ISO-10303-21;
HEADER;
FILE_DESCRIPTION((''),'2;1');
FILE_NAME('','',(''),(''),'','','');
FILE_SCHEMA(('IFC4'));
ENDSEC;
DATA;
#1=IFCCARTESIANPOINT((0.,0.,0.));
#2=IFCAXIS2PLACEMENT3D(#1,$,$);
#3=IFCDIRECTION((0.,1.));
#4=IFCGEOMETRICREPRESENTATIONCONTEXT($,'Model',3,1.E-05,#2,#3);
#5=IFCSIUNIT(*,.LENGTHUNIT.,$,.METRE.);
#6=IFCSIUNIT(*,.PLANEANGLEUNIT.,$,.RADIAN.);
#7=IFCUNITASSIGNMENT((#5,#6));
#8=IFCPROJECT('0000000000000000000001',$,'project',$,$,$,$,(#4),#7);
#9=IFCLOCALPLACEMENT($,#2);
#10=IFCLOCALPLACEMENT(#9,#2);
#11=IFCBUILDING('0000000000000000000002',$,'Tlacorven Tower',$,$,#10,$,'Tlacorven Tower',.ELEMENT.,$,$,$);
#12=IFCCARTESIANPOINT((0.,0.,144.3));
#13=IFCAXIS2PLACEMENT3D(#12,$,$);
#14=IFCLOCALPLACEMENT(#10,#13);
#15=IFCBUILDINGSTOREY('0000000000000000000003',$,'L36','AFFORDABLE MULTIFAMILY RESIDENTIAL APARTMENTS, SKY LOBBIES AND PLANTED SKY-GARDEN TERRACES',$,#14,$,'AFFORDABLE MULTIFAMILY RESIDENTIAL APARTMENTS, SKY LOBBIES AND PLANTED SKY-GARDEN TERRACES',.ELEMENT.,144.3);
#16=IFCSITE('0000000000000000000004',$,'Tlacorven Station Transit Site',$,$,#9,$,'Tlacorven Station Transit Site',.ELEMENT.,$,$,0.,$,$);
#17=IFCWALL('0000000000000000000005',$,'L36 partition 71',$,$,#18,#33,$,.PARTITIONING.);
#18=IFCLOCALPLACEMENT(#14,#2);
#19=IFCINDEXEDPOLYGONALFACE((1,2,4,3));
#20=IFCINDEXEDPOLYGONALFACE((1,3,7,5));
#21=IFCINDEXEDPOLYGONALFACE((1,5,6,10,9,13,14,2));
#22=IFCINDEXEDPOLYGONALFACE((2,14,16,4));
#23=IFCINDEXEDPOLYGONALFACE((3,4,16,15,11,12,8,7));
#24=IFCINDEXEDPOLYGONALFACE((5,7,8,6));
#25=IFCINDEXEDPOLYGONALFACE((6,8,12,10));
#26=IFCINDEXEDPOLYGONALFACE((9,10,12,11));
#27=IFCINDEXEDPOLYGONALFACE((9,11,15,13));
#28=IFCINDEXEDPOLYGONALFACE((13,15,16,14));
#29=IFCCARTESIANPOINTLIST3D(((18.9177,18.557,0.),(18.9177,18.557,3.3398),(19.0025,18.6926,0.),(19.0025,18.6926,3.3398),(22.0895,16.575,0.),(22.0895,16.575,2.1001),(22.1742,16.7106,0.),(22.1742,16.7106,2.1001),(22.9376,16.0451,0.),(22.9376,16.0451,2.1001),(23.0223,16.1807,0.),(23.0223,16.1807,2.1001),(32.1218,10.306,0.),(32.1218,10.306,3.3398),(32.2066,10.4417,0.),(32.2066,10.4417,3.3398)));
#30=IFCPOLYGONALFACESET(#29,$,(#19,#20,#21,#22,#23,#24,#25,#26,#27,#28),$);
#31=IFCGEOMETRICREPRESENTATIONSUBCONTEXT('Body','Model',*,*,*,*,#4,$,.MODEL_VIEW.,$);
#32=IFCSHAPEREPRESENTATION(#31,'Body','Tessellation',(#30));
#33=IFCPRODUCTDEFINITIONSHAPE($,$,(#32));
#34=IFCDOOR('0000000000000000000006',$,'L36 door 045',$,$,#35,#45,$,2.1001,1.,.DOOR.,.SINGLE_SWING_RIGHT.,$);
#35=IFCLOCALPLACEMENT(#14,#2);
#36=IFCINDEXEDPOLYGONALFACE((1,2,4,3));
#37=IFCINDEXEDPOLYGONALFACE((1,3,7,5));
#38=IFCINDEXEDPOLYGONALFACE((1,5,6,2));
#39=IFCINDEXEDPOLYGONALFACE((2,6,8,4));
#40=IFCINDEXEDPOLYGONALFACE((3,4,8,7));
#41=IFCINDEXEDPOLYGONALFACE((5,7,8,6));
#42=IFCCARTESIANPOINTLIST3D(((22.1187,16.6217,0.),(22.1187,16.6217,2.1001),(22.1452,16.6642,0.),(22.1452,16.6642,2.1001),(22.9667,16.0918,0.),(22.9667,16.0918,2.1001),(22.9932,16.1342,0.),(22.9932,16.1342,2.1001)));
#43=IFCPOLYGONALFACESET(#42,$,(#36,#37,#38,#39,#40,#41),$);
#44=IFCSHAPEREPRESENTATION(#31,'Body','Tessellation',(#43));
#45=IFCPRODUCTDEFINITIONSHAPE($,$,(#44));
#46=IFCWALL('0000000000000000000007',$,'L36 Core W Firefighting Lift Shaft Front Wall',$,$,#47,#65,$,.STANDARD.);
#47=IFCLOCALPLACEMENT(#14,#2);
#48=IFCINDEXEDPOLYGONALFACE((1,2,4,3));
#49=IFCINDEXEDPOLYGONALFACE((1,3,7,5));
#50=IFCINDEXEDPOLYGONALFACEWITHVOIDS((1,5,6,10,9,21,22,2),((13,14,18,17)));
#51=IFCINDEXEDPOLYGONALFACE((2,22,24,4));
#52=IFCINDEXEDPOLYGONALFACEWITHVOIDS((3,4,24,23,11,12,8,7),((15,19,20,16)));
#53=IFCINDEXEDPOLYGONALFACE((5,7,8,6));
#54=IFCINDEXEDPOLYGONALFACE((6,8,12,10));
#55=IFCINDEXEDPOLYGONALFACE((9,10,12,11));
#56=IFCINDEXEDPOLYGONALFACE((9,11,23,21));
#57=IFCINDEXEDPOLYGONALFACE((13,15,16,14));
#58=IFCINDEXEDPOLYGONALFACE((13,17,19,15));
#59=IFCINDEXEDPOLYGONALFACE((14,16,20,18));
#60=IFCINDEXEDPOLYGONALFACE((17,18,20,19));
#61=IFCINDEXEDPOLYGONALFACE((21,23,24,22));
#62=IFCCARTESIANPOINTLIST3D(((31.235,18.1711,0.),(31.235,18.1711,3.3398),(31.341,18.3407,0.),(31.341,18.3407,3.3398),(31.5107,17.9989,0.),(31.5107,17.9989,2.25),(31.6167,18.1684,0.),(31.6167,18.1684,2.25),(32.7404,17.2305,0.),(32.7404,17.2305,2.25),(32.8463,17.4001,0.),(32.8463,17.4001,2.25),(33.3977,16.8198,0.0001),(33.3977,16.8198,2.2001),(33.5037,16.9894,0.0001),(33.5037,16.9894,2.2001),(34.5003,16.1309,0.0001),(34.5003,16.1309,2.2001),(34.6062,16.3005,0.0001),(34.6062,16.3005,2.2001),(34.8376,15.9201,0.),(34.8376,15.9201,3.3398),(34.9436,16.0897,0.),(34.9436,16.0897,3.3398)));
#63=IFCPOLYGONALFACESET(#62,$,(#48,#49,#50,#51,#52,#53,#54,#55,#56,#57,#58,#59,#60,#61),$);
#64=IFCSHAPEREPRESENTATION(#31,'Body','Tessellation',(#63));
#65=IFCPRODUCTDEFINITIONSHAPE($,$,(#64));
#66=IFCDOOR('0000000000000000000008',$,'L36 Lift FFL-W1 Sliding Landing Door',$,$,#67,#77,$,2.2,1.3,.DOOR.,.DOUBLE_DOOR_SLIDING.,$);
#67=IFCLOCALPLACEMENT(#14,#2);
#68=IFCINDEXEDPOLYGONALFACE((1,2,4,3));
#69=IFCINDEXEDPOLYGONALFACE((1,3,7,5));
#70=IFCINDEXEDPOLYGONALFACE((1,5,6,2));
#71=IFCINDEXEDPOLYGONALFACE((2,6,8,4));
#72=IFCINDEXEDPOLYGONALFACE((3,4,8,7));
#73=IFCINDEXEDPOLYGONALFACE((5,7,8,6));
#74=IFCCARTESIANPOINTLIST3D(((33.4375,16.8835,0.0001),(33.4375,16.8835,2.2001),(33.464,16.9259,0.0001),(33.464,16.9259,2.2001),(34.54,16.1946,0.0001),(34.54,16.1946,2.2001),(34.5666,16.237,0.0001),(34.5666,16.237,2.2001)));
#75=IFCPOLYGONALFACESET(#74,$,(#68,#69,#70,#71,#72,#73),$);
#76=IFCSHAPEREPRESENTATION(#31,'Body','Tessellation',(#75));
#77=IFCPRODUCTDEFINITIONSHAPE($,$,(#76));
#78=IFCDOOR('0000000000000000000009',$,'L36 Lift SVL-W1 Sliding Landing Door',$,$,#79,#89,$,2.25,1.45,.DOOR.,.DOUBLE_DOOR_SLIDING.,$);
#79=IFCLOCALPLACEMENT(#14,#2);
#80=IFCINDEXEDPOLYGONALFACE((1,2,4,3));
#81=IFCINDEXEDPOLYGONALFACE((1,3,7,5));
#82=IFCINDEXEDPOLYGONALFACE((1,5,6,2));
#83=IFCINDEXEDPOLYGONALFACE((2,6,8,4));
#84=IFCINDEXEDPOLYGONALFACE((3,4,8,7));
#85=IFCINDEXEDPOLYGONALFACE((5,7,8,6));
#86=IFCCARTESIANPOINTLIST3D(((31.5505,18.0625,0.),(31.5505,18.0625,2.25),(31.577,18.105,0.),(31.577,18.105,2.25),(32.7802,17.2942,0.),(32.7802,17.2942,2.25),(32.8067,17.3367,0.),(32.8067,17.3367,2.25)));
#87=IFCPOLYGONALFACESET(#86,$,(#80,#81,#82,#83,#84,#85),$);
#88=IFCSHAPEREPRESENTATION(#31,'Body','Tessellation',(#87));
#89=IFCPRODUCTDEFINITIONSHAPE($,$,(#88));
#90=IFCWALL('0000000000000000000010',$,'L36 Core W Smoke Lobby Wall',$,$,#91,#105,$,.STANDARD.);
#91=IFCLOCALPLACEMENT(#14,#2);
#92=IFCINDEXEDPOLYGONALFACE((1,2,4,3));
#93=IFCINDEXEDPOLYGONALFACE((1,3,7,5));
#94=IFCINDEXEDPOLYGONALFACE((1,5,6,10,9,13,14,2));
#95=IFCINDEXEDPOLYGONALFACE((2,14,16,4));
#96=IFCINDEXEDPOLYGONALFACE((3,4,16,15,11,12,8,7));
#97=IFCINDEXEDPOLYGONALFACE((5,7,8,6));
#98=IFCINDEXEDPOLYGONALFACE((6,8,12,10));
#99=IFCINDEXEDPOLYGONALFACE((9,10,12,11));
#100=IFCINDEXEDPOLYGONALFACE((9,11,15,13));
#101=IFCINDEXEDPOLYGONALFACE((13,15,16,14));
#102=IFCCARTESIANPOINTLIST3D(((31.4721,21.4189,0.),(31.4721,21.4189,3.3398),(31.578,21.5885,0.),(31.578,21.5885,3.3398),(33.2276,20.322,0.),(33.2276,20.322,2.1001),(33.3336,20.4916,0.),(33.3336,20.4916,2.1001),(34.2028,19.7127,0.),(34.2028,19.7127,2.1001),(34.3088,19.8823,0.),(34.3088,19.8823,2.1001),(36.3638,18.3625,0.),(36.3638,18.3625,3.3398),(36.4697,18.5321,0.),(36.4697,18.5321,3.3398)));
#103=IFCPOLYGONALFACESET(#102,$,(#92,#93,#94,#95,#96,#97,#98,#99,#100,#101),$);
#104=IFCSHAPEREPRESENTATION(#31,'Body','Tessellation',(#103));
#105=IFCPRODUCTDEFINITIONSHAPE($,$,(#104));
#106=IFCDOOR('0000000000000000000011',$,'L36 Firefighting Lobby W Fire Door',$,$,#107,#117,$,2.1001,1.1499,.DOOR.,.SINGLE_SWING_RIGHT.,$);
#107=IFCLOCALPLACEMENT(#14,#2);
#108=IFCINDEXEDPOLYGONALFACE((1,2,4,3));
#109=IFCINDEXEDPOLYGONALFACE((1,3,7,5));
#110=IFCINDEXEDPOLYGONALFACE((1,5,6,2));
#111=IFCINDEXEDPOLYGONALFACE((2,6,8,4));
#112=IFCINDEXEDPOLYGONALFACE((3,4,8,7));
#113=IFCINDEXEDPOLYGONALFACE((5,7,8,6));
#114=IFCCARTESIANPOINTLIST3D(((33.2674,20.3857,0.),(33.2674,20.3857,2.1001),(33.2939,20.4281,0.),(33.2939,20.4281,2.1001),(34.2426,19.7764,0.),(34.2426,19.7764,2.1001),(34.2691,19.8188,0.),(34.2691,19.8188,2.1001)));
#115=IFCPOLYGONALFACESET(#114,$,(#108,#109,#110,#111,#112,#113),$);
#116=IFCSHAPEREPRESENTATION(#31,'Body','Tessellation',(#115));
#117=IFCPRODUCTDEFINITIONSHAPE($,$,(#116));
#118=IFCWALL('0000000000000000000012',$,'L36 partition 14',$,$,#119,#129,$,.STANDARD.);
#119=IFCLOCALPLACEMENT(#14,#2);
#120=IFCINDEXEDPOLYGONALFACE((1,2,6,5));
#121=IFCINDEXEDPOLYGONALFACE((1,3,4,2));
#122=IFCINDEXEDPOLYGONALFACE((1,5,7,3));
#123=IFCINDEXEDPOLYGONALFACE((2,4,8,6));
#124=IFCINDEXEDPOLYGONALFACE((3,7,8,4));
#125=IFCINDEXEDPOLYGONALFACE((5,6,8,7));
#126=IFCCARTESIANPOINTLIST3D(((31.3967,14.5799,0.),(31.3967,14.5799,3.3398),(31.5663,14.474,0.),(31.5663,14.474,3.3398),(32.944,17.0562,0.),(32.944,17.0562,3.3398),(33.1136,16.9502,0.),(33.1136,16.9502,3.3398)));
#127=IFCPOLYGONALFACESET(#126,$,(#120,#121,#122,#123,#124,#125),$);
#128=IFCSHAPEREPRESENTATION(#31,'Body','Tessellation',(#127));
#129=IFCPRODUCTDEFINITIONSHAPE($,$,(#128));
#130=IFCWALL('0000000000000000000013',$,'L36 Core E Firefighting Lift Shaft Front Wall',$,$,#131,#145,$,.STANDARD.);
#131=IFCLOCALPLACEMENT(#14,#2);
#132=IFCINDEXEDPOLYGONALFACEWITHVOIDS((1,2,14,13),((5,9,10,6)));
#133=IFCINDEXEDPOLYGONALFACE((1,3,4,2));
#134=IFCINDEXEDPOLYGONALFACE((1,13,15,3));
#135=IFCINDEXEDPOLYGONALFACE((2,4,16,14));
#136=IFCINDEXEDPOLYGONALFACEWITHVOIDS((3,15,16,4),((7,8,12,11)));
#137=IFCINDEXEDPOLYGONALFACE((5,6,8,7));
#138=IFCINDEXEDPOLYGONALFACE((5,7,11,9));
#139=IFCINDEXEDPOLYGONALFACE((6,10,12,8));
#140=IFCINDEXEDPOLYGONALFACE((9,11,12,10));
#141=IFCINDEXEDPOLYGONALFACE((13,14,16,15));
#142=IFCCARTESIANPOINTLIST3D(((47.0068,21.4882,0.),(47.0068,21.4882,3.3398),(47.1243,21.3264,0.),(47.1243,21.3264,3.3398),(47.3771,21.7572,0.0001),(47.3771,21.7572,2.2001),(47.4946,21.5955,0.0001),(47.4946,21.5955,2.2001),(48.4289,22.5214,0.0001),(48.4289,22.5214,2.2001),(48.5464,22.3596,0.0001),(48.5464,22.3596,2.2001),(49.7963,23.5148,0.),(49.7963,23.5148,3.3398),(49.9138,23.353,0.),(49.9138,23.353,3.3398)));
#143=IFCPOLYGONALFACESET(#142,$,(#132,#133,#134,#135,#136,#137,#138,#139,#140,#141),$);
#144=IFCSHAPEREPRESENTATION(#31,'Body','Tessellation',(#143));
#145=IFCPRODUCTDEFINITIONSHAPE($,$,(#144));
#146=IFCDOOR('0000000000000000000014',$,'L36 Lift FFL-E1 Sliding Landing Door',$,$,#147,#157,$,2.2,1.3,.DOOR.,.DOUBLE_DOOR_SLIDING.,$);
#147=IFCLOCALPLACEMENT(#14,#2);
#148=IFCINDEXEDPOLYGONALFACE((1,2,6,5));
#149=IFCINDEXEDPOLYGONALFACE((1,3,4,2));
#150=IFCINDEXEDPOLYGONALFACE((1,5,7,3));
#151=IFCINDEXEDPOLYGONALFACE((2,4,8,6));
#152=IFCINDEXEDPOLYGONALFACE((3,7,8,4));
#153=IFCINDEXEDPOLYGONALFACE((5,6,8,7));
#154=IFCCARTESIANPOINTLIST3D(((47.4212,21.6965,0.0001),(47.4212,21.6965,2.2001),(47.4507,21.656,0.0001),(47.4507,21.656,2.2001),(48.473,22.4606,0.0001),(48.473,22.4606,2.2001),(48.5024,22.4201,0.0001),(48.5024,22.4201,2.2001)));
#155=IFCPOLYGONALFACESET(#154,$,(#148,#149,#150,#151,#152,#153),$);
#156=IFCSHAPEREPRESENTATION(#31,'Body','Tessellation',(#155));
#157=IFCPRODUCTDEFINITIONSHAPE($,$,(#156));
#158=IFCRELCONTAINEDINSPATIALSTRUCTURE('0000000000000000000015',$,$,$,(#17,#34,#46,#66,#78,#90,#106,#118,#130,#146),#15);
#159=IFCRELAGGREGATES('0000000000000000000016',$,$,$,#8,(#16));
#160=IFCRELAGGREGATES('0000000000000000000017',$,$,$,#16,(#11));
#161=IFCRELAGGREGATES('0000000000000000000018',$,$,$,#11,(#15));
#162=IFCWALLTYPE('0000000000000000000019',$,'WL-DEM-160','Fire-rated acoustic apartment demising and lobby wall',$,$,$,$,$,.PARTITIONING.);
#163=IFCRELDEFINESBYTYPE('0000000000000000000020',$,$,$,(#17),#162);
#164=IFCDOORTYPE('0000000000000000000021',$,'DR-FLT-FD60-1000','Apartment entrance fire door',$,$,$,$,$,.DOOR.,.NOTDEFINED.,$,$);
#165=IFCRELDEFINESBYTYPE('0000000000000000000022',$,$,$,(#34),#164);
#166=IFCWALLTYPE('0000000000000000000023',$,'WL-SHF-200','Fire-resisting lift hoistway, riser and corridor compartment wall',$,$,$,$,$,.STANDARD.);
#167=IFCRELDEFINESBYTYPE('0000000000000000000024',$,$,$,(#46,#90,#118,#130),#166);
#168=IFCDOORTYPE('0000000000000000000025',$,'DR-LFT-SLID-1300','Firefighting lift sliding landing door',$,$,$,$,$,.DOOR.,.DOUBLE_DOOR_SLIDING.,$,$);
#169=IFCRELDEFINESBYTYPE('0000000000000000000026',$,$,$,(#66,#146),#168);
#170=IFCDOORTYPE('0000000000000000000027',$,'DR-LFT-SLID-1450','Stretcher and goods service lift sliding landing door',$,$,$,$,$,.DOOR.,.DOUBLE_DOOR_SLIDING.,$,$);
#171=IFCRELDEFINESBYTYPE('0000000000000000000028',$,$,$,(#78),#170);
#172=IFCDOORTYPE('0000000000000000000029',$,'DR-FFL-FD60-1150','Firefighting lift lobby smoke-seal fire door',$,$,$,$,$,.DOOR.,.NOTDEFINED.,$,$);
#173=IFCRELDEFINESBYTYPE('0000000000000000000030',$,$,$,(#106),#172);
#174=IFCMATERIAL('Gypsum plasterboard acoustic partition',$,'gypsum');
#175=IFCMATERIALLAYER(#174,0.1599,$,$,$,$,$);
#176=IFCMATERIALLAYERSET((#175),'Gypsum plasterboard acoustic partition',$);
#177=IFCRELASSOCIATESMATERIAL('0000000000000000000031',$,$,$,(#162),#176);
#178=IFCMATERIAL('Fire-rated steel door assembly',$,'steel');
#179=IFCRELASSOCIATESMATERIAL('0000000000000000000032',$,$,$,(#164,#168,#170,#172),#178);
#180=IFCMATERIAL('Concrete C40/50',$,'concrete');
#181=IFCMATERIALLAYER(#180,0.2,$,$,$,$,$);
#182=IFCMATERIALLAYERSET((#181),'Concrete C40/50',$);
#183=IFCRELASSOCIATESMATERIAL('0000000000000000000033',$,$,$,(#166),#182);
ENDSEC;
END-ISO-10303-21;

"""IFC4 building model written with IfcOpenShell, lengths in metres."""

from ifc_helpers import new_model, si_unit, direction, frame, frame_2d, origin, place, context, subcontext, project, spatial, rectangle, extrude, source, transform, mapped, material, layer, layer_set, type_object, element, fill, save


model = new_model("IFC4")

# Units and contexts
model_context = context("Model", 3, precision=1e-05, world=origin(), true_north=direction((0.0, 1.0)))
body_context = subcontext(model_context, "Body", "Model", "MODEL_VIEW")
ifc_project = project(units=[si_unit("LENGTHUNIT", "METRE"), si_unit("PLANEANGLEUNIT", "RADIAN")], contexts=[model_context])

# Site, building, storey
site_placement = place(None, origin())
site = spatial("IfcSite", under=ifc_project, at=site_placement, Name="Tlacorven Station Transit Site", LongName="Tlacorven Station Transit Site", CompositionType="ELEMENT", RefElevation=0.0)
building_placement = place(site_placement, origin())
building = spatial("IfcBuilding", under=site, at=building_placement, Name="Tlacorven Tower", LongName="Tlacorven Tower", CompositionType="ELEMENT")
storey_placement = place(building_placement, frame((0.0, 0.0, 144.3)))
storey = spatial("IfcBuildingStorey", under=building, at=storey_placement, Name="L36", Description="AFFORDABLE MULTIFAMILY RESIDENTIAL APARTMENTS, SKY LOBBIES AND PLANTED SKY-GARDEN TERRACES", LongName="AFFORDABLE MULTIFAMILY RESIDENTIAL APARTMENTS, SKY LOBBIES AND PLANTED SKY-GARDEN TERRACES", CompositionType="ELEMENT", Elevation=144.3)

# Wall, opening, door
ifc_material_1 = material(Name="Gypsum plasterboard acoustic partition", Category="gypsum")
ifc_layer_1 = layer(ifc_material_1, 0.1599)
ifc_layer_set_1 = layer_set([ifc_layer_1], Name="Gypsum plasterboard acoustic partition")
wall_type_1 = type_object("IfcWallType", Name="WL-DEM-160", Description="Fire-rated acoustic apartment demising and lobby wall", PredefinedType="PARTITIONING", material=ifc_layer_set_1)
wall_1_placement = place(storey_placement, frame((32.1643, 10.3738, 0.0), z_axis=(0.0, 0.0, 1.0), x_axis=(-0.848044, 0.529926, 0.0)))
wall_1 = element("IfcWall", 1, at=wall_1_placement, inside=storey, type_object=wall_type_1, Name="L36 partition 71", PredefinedType="PARTITIONING", context=body_context, shape_type="SweptSolid", body=[
    extrude(rectangle(XDim=15.5701, YDim=0.1599, at=frame_2d((7.7852, 0.0))), origin(), (0.0, 0.0, 1.0), 3.3398),
])
opening_1_placement = place(wall_1_placement, frame((10.8301, 0.0, 0.0)))
opening_1 = element("IfcOpeningElement", 2, at=opening_1_placement, cuts=wall_1, PredefinedType="OPENING", context=body_context, shape_type="SweptSolid", body=[
    extrude(rectangle(XDim=1.0, YDim=2.1001, at=frame_2d((0.5, 1.05))), frame((0.0, 0.0898, 0.0), z_axis=(0.0, -1.0, 0.0), x_axis=(1.0, 0.0, 0.0)), (0.0, 0.0, 1.0), 0.1799),
])
ifc_material_2 = material(Name="Fire-rated steel door assembly", Category="steel")
door_type_1 = type_object("IfcDoorType", Name="DR-FLT-FD60-1000", Description="Apartment entrance fire door", OperationType="NOTDEFINED", PredefinedType="DOOR", material=ifc_material_2)
shared_shape_1 = source(origin(), body_context, "Body", "SweptSolid", [
    extrude(rectangle(XDim=1.0, YDim=2.1001, at=frame_2d((0.5, 1.05))), frame((0.0, 0.0249, 0.0), z_axis=(0.0, -1.0, 0.0), x_axis=(1.0, 0.0, 0.0)), (0.0, 0.0, 1.0), 0.05),
])
door_1_placement = place(opening_1_placement, origin())
door_1 = element("IfcDoor", 3, at=door_1_placement, inside=storey, type_object=door_type_1, Name="L36 door 045", OperationType="SINGLE_SWING_RIGHT", OverallHeight=2.1001, OverallWidth=1.0, PredefinedType="DOOR", context=body_context, shape_type="MappedRepresentation", body=[
    mapped(shared_shape_1, transform((0.0, 0.0, 0.0), scale=1.0)),
])
fill(opening_1, door_1)

# Wall, openings, doors
ifc_material_3 = material(Name="Concrete C40/50", Category="concrete")
ifc_layer_2 = layer(ifc_material_3, 0.2)
ifc_layer_set_2 = layer_set([ifc_layer_2], Name="Concrete C40/50")
wall_type_2 = type_object("IfcWallType", Name="WL-SHF-200", Description="Fire-resisting lift hoistway, riser and corridor compartment wall", PredefinedType="STANDARD", material=ifc_layer_set_2)
wall_2_placement = place(storey_placement, frame((34.8906, 16.0049, 0.0), z_axis=(0.0, 0.0, 1.0), x_axis=(-0.848063, 0.529896, 0.0)))
wall_2 = element("IfcWall", 4, at=wall_2_placement, inside=storey, type_object=wall_type_2, Name="L36 Core W Firefighting Lift Shaft Front Wall", PredefinedType="STANDARD", context=body_context, shape_type="SweptSolid", body=[
    extrude(rectangle(XDim=4.248, YDim=0.2, at=frame_2d((2.124, 0.0))), origin(), (0.0, 0.0, 1.0), 3.3398),
])
opening_2_placement = place(wall_2_placement, frame((0.3979, 0.0, 0.0)))
opening_2 = element("IfcOpeningElement", 5, at=opening_2_placement, cuts=wall_2, PredefinedType="OPENING", context=body_context, shape_type="SweptSolid", body=[
    extrude(rectangle(XDim=1.3, YDim=2.2, at=frame_2d((0.6499, 1.1001))), frame((0.0, 0.1099, 0.0), z_axis=(0.0, -1.0, 0.0), x_axis=(1.0, 0.0, 0.0)), (0.0, 0.0, 1.0), 0.22),
])
opening_3_placement = place(wall_2_placement, frame((2.4729, 0.0, 0.0)))
opening_3 = element("IfcOpeningElement", 6, at=opening_3_placement, cuts=wall_2, PredefinedType="OPENING", context=body_context, shape_type="SweptSolid", body=[
    extrude(rectangle(XDim=1.45, YDim=2.25, at=frame_2d((0.7251, 1.125))), frame((0.0, 0.1099, 0.0), z_axis=(0.0, -1.0, 0.0), x_axis=(1.0, 0.0, 0.0)), (0.0, 0.0, 1.0), 0.22),
])
door_type_2 = type_object("IfcDoorType", Name="DR-LFT-SLID-1300", Description="Firefighting lift sliding landing door", OperationType="DOUBLE_DOOR_SLIDING", PredefinedType="DOOR", material=ifc_material_2)
shared_shape_2 = source(origin(), body_context, "Body", "SweptSolid", [
    extrude(rectangle(XDim=1.3, YDim=2.2, at=frame_2d((0.6499, 1.1001))), frame((0.0, 0.0249, 0.0), z_axis=(0.0, -1.0, 0.0), x_axis=(1.0, 0.0, 0.0)), (0.0, 0.0, 1.0), 0.05),
])
door_2_placement = place(opening_2_placement, origin())
door_2 = element("IfcDoor", 7, at=door_2_placement, inside=storey, type_object=door_type_2, Name="L36 Lift FFL-W1 Sliding Landing Door", OperationType="DOUBLE_DOOR_SLIDING", OverallHeight=2.2, OverallWidth=1.3, PredefinedType="DOOR", context=body_context, shape_type="MappedRepresentation", body=[
    mapped(shared_shape_2, transform((0.0, 0.0, 0.0), scale=1.0)),
])
fill(opening_2, door_2)
door_type_3 = type_object("IfcDoorType", Name="DR-LFT-SLID-1450", Description="Stretcher and goods service lift sliding landing door", OperationType="DOUBLE_DOOR_SLIDING", PredefinedType="DOOR", material=ifc_material_2)
shared_shape_3 = source(origin(), body_context, "Body", "SweptSolid", [
    extrude(rectangle(XDim=1.45, YDim=2.25, at=frame_2d((0.7251, 1.125))), frame((0.0, 0.0249, 0.0), z_axis=(0.0, -1.0, 0.0), x_axis=(1.0, 0.0, 0.0)), (0.0, 0.0, 1.0), 0.05),
])
door_3_placement = place(opening_3_placement, origin())
door_3 = element("IfcDoor", 8, at=door_3_placement, inside=storey, type_object=door_type_3, Name="L36 Lift SVL-W1 Sliding Landing Door", OperationType="DOUBLE_DOOR_SLIDING", OverallHeight=2.25, OverallWidth=1.45, PredefinedType="DOOR", context=body_context, shape_type="MappedRepresentation", body=[
    mapped(shared_shape_3, transform((0.0, 0.0, 0.0), scale=1.0)),
])
fill(opening_3, door_3)

# Wall, opening, door
wall_3_placement = place(storey_placement, frame((36.4167, 18.4473, 0.0), z_axis=(0.0, 0.0, 1.0), x_axis=(-0.848065, 0.529892, 0.0)))
wall_3 = element("IfcWall", 9, at=wall_3_placement, inside=storey, type_object=wall_type_2, Name="L36 Core W Smoke Lobby Wall", PredefinedType="STANDARD", context=body_context, shape_type="SweptSolid", body=[
    extrude(rectangle(XDim=5.7681, YDim=0.2, at=frame_2d((2.884, 0.0))), origin(), (0.0, 0.0, 1.0), 3.3398),
])
opening_4_placement = place(wall_3_placement, frame((2.5481, 0.0, 0.0)))
opening_4 = element("IfcOpeningElement", 10, at=opening_4_placement, cuts=wall_3, PredefinedType="OPENING", context=body_context, shape_type="SweptSolid", body=[
    extrude(rectangle(XDim=1.1499, YDim=2.1001, at=frame_2d((0.575, 1.05))), frame((0.0, 0.1099, 0.0), z_axis=(0.0, -1.0, 0.0), x_axis=(1.0, 0.0, 0.0)), (0.0, 0.0, 1.0), 0.22),
])
door_type_4 = type_object("IfcDoorType", Name="DR-FFL-FD60-1150", Description="Firefighting lift lobby smoke-seal fire door", OperationType="NOTDEFINED", PredefinedType="DOOR", material=ifc_material_2)
shared_shape_4 = source(origin(), body_context, "Body", "SweptSolid", [
    extrude(rectangle(XDim=1.1499, YDim=2.1001, at=frame_2d((0.575, 1.05))), frame((0.0, 0.0249, 0.0), z_axis=(0.0, -1.0, 0.0), x_axis=(1.0, 0.0, 0.0)), (0.0, 0.0, 1.0), 0.05),
])
door_4_placement = place(opening_4_placement, origin())
door_4 = element("IfcDoor", 11, at=door_4_placement, inside=storey, type_object=door_type_4, Name="L36 Firefighting Lobby W Fire Door", OperationType="SINGLE_SWING_RIGHT", OverallHeight=2.1001, OverallWidth=1.1499, PredefinedType="DOOR", context=body_context, shape_type="MappedRepresentation", body=[
    mapped(shared_shape_4, transform((0.0, 0.0, 0.0), scale=1.0)),
])
fill(opening_4, door_4)

# Wall
wall_4_placement = place(storey_placement, frame((33.0288, 17.0032, 0.0), z_axis=(0.0, 0.0, 1.0), x_axis=(-0.529916, -0.84805, 0.0)))
element("IfcWall", 12, at=wall_4_placement, inside=storey, type_object=wall_type_2, Name="L36 partition 14", PredefinedType="STANDARD", context=body_context, shape_type="SweptSolid", body=[
    extrude(rectangle(XDim=2.9199, YDim=0.2, at=frame_2d((1.46, 0.0))), origin(), (0.0, 0.0, 1.0), 3.3398),
])

# Wall, opening, door
wall_5_placement = place(storey_placement, frame((47.0654, 21.4072, 0.0), z_axis=(0.0, 0.0, 1.0), x_axis=(0.809033, 0.587763, 0.0)))
wall_5 = element("IfcWall", 13, at=wall_5_placement, inside=storey, type_object=wall_type_2, Name="L36 Core E Firefighting Lift Shaft Front Wall", PredefinedType="STANDARD", context=body_context, shape_type="SweptSolid", body=[
    extrude(rectangle(XDim=3.448, YDim=0.2, at=frame_2d((1.7241, 0.0))), origin(), (0.0, 0.0, 1.0), 3.3398),
])
opening_5_placement = place(wall_5_placement, frame((0.458, 0.0, 0.0)))
opening_5 = element("IfcOpeningElement", 14, at=opening_5_placement, cuts=wall_5, PredefinedType="OPENING", context=body_context, shape_type="SweptSolid", body=[
    extrude(rectangle(XDim=1.3, YDim=2.2, at=frame_2d((0.6499, 1.1001))), frame((0.0, 0.1099, 0.0), z_axis=(0.0, -1.0, 0.0), x_axis=(1.0, 0.0, 0.0)), (0.0, 0.0, 1.0), 0.22),
])
door_5_placement = place(opening_5_placement, origin())
door_5 = element("IfcDoor", 15, at=door_5_placement, inside=storey, type_object=door_type_2, Name="L36 Lift FFL-E1 Sliding Landing Door", OperationType="DOUBLE_DOOR_SLIDING", OverallHeight=2.2, OverallWidth=1.3, PredefinedType="DOOR", context=body_context, shape_type="MappedRepresentation", body=[
    mapped(shared_shape_2, transform((0.0, 0.0, 0.0), scale=1.0)),
])
fill(opening_5, door_5)

save(model, "model.ifc")
